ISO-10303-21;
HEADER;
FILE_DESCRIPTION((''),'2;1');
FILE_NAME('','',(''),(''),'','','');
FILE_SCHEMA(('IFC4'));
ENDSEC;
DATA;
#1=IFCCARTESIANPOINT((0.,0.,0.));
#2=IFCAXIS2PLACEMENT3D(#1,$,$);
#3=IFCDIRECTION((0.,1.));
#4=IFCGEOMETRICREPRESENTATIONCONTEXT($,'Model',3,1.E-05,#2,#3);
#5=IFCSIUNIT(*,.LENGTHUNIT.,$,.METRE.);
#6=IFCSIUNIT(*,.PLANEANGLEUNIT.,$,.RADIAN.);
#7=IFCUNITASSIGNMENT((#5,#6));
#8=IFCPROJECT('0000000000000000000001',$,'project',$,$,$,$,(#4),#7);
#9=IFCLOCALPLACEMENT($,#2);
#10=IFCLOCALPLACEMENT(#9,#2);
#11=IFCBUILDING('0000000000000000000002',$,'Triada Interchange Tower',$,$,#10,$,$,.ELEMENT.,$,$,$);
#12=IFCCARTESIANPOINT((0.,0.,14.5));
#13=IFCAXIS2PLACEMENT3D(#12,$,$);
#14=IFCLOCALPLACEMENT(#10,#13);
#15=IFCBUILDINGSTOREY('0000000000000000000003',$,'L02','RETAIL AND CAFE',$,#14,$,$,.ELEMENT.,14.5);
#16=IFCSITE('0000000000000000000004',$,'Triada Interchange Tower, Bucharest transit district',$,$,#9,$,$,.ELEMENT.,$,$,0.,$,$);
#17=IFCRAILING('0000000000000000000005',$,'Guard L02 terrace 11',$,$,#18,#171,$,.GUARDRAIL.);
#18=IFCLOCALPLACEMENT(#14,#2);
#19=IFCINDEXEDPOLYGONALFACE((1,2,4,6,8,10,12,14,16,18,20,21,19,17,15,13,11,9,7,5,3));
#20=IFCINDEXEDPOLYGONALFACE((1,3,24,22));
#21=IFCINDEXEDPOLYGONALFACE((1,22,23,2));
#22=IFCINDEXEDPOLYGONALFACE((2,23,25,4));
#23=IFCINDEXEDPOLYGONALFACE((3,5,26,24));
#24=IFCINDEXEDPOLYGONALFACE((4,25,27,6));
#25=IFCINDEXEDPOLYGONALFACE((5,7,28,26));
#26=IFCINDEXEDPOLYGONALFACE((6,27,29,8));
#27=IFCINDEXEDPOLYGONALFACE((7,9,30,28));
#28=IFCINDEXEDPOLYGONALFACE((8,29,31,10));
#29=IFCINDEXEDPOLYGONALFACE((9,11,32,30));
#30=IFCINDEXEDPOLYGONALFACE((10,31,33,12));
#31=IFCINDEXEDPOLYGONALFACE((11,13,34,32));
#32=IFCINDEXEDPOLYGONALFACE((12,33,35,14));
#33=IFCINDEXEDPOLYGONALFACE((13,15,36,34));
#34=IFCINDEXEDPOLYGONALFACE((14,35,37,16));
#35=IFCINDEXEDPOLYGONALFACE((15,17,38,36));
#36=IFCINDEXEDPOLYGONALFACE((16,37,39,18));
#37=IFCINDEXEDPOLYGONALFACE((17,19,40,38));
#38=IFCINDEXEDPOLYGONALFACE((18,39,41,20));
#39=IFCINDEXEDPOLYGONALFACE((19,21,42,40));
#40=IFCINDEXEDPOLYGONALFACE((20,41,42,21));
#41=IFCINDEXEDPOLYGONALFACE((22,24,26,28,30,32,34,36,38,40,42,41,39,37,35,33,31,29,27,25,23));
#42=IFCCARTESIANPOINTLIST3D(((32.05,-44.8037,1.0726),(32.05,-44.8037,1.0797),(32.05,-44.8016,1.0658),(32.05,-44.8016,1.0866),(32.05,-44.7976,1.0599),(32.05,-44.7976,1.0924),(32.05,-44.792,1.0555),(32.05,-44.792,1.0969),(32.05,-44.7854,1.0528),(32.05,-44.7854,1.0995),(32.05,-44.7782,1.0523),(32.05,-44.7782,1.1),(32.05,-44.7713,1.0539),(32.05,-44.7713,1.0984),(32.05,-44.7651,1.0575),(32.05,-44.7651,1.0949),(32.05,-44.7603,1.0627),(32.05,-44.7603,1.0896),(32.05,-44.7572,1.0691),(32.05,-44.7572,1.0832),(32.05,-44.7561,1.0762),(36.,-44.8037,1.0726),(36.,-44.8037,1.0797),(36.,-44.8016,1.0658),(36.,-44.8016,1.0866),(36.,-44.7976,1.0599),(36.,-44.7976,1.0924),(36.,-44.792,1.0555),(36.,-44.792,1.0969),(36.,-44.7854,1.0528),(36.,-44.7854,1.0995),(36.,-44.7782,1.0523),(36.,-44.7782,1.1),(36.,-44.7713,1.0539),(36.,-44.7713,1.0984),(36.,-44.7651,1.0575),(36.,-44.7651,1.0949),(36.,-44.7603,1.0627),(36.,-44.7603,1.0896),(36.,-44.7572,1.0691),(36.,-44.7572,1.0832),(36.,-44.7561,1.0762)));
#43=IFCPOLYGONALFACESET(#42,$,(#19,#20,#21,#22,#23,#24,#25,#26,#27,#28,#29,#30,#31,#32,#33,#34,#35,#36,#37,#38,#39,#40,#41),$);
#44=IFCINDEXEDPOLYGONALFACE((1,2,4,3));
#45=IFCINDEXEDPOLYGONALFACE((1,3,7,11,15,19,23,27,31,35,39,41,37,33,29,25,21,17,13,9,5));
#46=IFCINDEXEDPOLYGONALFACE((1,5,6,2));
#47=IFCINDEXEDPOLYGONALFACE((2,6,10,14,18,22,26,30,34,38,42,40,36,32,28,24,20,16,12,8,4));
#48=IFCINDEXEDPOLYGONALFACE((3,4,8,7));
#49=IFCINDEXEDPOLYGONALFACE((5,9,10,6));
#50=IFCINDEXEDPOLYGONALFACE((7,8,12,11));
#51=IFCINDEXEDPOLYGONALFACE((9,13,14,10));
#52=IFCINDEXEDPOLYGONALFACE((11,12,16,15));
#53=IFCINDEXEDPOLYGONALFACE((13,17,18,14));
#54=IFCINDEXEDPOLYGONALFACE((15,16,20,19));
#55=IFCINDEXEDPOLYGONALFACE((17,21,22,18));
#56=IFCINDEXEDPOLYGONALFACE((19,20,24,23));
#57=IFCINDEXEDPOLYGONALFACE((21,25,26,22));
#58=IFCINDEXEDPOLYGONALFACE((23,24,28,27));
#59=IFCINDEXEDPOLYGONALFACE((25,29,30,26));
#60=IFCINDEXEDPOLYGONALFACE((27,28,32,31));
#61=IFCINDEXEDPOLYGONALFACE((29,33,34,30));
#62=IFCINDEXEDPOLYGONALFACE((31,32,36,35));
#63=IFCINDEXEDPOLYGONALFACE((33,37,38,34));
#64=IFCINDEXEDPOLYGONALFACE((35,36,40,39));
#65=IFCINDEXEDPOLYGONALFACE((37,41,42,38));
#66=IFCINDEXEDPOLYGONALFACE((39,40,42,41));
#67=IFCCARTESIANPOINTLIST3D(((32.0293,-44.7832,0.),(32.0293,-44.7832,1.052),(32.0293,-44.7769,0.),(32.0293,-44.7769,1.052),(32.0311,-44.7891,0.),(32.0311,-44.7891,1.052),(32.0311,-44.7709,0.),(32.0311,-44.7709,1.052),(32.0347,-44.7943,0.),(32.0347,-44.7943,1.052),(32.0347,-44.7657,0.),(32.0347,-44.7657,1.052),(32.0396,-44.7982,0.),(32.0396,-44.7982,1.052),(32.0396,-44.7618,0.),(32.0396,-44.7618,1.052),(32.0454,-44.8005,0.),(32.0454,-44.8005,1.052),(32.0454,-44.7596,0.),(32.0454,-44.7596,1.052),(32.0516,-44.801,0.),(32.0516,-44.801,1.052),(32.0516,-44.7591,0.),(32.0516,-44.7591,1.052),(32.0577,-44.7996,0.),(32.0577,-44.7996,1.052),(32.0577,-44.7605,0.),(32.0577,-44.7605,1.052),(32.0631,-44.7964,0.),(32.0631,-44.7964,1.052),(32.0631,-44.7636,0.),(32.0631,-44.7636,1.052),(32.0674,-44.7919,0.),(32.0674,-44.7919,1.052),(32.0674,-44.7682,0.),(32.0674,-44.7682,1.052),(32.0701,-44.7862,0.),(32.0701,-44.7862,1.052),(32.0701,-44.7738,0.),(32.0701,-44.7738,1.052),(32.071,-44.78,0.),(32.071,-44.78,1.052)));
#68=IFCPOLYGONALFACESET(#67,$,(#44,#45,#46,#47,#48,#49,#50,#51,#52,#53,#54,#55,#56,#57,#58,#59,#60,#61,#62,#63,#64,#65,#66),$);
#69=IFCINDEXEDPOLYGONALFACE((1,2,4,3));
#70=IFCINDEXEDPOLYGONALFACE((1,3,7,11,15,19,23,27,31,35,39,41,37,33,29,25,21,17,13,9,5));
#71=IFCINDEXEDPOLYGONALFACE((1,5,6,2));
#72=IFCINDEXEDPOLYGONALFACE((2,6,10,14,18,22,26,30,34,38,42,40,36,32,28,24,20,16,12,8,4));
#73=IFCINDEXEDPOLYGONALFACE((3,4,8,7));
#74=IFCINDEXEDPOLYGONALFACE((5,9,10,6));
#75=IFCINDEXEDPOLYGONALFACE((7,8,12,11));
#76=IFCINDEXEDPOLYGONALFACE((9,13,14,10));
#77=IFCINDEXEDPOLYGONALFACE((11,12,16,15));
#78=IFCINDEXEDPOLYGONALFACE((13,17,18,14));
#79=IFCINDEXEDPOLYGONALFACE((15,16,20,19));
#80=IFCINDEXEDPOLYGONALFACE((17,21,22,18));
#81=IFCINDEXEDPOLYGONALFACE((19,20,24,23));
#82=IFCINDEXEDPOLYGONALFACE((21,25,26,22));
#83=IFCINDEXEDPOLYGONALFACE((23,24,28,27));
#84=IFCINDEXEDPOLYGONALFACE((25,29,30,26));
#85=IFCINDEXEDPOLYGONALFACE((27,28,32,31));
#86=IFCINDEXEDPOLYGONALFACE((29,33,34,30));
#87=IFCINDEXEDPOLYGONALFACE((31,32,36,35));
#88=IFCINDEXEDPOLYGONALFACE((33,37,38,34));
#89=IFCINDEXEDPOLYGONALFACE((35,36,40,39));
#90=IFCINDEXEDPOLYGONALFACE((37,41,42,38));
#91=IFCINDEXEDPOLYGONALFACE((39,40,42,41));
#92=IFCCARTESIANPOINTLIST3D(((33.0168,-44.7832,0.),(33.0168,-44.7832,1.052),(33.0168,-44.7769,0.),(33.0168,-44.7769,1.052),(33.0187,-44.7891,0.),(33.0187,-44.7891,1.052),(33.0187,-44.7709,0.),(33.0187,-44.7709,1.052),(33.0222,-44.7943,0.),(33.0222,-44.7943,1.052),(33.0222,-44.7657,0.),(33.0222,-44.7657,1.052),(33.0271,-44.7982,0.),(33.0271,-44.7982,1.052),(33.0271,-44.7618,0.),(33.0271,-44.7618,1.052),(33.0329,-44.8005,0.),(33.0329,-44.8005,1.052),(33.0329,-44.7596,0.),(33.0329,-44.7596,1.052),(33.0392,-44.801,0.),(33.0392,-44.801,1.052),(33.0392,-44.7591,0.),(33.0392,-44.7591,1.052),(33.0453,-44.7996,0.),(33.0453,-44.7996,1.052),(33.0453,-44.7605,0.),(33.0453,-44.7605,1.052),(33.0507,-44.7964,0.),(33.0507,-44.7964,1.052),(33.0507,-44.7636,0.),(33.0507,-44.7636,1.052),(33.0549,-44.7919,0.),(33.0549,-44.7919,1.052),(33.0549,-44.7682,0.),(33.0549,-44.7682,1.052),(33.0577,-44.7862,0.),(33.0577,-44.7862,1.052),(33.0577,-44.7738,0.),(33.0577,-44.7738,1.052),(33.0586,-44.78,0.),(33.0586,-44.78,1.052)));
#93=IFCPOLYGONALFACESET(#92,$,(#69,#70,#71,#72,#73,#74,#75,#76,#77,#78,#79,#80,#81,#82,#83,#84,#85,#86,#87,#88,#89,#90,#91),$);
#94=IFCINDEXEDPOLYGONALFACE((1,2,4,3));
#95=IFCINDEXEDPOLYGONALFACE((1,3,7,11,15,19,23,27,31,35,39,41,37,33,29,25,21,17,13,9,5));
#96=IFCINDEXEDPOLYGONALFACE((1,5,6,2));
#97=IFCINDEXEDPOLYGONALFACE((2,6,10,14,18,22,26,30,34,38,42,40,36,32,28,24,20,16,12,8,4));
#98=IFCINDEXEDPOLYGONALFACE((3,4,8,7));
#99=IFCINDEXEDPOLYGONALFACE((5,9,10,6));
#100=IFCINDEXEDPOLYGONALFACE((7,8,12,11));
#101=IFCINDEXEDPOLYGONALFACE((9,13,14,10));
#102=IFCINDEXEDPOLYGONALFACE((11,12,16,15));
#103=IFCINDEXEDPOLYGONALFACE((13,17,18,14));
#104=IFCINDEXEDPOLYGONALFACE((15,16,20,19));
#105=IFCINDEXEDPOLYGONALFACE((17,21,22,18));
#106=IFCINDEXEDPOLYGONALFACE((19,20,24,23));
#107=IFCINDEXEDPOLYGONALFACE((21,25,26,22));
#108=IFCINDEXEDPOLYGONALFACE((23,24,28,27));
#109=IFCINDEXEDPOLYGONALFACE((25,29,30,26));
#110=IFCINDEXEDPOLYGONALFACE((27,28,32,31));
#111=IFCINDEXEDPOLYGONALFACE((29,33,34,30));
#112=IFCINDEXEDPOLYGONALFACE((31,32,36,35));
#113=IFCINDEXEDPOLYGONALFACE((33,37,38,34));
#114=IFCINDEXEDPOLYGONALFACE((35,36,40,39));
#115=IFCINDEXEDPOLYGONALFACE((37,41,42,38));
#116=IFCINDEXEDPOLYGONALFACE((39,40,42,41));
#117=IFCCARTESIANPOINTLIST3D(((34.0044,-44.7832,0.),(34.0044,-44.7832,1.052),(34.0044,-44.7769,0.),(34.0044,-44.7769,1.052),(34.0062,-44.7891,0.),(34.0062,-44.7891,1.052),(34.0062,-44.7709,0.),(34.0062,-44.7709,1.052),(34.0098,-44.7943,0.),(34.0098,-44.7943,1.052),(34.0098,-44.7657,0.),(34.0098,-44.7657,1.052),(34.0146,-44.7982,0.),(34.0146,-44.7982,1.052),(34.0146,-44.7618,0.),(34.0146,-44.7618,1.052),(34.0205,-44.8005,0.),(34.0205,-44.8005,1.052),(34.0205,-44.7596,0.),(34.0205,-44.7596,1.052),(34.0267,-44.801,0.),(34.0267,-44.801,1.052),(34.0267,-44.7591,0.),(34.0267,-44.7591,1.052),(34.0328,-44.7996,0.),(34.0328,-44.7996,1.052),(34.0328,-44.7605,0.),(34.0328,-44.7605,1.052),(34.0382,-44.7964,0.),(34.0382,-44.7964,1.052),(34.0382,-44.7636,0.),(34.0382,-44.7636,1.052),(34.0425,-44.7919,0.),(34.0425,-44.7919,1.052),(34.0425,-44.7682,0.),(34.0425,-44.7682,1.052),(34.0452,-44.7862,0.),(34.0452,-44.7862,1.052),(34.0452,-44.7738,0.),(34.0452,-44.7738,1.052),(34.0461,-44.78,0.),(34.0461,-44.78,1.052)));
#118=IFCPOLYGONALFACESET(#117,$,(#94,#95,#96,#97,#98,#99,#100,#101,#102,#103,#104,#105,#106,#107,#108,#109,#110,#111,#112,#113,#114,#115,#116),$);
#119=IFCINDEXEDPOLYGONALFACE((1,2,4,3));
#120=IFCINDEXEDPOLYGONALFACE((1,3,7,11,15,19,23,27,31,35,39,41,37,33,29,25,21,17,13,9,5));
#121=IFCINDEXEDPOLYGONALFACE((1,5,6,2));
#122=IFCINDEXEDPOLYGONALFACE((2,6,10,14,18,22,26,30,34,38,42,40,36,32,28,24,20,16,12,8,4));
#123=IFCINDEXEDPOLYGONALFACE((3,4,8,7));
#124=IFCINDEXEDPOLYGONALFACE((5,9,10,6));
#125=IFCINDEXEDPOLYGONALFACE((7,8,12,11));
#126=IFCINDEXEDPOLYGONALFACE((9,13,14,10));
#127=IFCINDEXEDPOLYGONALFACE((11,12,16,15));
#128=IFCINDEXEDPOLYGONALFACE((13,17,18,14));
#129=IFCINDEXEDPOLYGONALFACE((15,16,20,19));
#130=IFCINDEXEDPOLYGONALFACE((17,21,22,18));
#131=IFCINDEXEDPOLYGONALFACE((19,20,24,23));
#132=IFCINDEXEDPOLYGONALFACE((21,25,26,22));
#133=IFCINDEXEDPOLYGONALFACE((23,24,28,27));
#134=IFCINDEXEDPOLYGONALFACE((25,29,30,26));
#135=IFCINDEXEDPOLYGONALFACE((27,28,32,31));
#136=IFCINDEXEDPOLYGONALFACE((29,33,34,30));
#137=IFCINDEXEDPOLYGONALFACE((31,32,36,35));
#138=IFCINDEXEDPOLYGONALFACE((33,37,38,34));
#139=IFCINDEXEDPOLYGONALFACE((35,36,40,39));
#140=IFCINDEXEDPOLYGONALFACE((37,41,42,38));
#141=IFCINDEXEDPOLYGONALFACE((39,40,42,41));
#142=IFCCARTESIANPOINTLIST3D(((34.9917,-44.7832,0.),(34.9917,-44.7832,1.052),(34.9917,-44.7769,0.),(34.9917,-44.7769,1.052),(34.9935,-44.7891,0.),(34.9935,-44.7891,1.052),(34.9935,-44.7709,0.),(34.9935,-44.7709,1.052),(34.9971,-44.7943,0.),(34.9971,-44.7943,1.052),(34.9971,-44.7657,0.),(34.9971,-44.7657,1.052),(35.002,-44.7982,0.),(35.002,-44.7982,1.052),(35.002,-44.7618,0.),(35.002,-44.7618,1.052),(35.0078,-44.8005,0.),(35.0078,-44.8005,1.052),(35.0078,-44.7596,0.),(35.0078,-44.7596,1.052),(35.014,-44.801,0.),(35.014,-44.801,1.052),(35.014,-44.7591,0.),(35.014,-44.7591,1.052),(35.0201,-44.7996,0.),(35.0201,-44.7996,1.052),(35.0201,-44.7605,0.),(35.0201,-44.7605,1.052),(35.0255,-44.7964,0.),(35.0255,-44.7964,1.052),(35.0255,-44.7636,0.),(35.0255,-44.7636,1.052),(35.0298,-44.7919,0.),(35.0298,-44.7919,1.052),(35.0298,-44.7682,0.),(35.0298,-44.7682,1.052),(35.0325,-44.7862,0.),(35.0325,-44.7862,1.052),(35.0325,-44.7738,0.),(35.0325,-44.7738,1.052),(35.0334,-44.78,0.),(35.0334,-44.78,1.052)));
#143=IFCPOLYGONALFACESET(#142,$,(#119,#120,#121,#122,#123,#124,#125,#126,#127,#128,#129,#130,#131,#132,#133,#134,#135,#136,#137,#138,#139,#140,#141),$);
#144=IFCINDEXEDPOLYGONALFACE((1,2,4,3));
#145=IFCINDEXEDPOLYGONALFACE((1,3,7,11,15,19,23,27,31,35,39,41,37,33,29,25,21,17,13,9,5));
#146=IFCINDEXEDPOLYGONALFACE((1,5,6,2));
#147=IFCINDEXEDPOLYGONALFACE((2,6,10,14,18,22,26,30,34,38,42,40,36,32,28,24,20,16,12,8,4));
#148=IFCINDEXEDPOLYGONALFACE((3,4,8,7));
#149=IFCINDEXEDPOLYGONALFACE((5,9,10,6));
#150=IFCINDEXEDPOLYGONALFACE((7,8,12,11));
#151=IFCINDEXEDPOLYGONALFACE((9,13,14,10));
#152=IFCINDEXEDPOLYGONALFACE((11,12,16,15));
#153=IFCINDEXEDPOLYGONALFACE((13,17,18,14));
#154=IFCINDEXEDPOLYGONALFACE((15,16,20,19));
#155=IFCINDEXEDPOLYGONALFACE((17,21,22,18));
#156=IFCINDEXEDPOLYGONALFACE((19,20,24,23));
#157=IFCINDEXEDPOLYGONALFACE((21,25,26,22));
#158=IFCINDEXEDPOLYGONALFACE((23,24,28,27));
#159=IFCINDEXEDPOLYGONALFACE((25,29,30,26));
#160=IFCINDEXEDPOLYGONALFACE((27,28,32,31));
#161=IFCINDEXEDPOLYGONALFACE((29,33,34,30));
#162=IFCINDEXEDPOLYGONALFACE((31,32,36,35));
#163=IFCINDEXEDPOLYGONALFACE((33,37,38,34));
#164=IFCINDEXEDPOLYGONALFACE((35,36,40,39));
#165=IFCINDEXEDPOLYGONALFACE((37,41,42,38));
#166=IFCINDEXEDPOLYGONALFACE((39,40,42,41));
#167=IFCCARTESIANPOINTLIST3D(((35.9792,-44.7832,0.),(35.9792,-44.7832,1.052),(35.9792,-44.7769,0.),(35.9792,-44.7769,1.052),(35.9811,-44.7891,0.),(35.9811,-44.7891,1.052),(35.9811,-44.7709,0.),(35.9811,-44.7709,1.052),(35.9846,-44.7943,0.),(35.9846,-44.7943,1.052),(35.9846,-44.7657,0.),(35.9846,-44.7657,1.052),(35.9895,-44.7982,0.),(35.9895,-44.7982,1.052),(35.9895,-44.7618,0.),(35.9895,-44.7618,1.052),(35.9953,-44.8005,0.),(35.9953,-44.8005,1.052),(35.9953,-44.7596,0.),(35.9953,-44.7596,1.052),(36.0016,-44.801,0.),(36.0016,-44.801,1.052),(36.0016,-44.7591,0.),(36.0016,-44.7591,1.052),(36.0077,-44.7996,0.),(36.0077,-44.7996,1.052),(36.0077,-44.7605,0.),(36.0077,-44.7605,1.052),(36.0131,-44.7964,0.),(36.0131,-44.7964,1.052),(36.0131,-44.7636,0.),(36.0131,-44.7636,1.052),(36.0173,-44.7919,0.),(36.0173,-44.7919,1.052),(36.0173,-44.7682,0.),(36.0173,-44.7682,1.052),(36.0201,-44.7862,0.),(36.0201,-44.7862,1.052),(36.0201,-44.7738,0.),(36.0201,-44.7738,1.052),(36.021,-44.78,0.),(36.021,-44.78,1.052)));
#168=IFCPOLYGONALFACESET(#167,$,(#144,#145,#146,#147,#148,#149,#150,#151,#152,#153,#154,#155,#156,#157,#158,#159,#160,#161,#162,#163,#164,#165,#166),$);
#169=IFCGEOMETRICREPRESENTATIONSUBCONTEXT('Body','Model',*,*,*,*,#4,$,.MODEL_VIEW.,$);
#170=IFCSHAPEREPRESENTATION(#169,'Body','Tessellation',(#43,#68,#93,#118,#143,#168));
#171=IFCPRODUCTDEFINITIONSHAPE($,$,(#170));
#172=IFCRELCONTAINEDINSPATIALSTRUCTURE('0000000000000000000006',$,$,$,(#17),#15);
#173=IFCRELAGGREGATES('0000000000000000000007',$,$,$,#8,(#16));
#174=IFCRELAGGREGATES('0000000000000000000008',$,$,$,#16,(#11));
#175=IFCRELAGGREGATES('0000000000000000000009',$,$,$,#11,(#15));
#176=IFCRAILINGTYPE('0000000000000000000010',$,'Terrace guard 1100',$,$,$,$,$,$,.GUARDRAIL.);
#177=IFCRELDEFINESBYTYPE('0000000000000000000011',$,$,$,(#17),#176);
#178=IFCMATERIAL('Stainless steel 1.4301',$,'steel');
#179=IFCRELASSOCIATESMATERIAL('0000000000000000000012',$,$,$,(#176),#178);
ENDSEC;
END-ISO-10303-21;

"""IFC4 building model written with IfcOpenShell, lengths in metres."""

from ifc_helpers import new_model, si_unit, direction, frame, origin, origin_2d, place, context, subcontext, project, spatial, circle, extrude, material, type_object, element, save


model = new_model("IFC4")

# Units and contexts
model_context = context("Model", 3, precision=1e-05, world=origin(), true_north=direction((0.0, 1.0)))
body_context = subcontext(model_context, "Body", "Model", "MODEL_VIEW")
ifc_project = project(units=[si_unit("LENGTHUNIT", "METRE"), si_unit("PLANEANGLEUNIT", "RADIAN")], contexts=[model_context])

# Site, building, storey
site_placement = place(None, origin())
site = spatial("IfcSite", under=ifc_project, at=site_placement, Name="Triada Interchange Tower, Bucharest transit district", CompositionType="ELEMENT", RefElevation=0.0)
building_placement = place(site_placement, origin())
building = spatial("IfcBuilding", under=site, at=building_placement, Name="Triada Interchange Tower", CompositionType="ELEMENT")
storey_placement = place(building_placement, frame((0.0, 0.0, 14.5)))
storey = spatial("IfcBuildingStorey", under=building, at=storey_placement, Name="L02", Description="RETAIL AND CAFE", CompositionType="ELEMENT", Elevation=14.5)

# Railing
ifc_material_1 = material(Name="Stainless steel 1.4301", Category="steel")
railing_type = type_object("IfcRailingType", Name="Terrace guard 1100", PredefinedType="GUARDRAIL", material=ifc_material_1)
railing_1_placement = place(storey_placement, frame((32.05, -44.78, 0.0)))
element("IfcRailing", 1, at=railing_1_placement, inside=storey, type_object=railing_type, Name="Guard L02 terrace 11", PredefinedType="GUARDRAIL", context=body_context, shape_type="SweptSolid", body=[
    extrude(circle(Radius=0.0239, at=origin_2d()), frame((0.0, 0.0, 1.0762), z_axis=(1.0, 0.0, 0.0), x_axis=(0.0, 1.0, 0.0)), (0.0, 0.0, 1.0), 3.95),
    extrude(circle(Radius=0.021, at=origin_2d()), origin(), (0.0, 0.0, 1.0), 1.052),
    extrude(circle(Radius=0.021, at=origin_2d()), frame((0.9875, 0.0, 0.0)), (0.0, 0.0, 1.0), 1.052),
    extrude(circle(Radius=0.021, at=origin_2d()), frame((1.9751, 0.0, 0.0)), (0.0, 0.0, 1.0), 1.052),
    extrude(circle(Radius=0.021, at=origin_2d()), frame((2.9624, 0.0, 0.0)), (0.0, 0.0, 1.0), 1.052),
    extrude(circle(Radius=0.021, at=origin_2d()), frame((3.95, 0.0, 0.0)), (0.0, 0.0, 1.0), 1.052),
])

save(model, "model.ifc")
